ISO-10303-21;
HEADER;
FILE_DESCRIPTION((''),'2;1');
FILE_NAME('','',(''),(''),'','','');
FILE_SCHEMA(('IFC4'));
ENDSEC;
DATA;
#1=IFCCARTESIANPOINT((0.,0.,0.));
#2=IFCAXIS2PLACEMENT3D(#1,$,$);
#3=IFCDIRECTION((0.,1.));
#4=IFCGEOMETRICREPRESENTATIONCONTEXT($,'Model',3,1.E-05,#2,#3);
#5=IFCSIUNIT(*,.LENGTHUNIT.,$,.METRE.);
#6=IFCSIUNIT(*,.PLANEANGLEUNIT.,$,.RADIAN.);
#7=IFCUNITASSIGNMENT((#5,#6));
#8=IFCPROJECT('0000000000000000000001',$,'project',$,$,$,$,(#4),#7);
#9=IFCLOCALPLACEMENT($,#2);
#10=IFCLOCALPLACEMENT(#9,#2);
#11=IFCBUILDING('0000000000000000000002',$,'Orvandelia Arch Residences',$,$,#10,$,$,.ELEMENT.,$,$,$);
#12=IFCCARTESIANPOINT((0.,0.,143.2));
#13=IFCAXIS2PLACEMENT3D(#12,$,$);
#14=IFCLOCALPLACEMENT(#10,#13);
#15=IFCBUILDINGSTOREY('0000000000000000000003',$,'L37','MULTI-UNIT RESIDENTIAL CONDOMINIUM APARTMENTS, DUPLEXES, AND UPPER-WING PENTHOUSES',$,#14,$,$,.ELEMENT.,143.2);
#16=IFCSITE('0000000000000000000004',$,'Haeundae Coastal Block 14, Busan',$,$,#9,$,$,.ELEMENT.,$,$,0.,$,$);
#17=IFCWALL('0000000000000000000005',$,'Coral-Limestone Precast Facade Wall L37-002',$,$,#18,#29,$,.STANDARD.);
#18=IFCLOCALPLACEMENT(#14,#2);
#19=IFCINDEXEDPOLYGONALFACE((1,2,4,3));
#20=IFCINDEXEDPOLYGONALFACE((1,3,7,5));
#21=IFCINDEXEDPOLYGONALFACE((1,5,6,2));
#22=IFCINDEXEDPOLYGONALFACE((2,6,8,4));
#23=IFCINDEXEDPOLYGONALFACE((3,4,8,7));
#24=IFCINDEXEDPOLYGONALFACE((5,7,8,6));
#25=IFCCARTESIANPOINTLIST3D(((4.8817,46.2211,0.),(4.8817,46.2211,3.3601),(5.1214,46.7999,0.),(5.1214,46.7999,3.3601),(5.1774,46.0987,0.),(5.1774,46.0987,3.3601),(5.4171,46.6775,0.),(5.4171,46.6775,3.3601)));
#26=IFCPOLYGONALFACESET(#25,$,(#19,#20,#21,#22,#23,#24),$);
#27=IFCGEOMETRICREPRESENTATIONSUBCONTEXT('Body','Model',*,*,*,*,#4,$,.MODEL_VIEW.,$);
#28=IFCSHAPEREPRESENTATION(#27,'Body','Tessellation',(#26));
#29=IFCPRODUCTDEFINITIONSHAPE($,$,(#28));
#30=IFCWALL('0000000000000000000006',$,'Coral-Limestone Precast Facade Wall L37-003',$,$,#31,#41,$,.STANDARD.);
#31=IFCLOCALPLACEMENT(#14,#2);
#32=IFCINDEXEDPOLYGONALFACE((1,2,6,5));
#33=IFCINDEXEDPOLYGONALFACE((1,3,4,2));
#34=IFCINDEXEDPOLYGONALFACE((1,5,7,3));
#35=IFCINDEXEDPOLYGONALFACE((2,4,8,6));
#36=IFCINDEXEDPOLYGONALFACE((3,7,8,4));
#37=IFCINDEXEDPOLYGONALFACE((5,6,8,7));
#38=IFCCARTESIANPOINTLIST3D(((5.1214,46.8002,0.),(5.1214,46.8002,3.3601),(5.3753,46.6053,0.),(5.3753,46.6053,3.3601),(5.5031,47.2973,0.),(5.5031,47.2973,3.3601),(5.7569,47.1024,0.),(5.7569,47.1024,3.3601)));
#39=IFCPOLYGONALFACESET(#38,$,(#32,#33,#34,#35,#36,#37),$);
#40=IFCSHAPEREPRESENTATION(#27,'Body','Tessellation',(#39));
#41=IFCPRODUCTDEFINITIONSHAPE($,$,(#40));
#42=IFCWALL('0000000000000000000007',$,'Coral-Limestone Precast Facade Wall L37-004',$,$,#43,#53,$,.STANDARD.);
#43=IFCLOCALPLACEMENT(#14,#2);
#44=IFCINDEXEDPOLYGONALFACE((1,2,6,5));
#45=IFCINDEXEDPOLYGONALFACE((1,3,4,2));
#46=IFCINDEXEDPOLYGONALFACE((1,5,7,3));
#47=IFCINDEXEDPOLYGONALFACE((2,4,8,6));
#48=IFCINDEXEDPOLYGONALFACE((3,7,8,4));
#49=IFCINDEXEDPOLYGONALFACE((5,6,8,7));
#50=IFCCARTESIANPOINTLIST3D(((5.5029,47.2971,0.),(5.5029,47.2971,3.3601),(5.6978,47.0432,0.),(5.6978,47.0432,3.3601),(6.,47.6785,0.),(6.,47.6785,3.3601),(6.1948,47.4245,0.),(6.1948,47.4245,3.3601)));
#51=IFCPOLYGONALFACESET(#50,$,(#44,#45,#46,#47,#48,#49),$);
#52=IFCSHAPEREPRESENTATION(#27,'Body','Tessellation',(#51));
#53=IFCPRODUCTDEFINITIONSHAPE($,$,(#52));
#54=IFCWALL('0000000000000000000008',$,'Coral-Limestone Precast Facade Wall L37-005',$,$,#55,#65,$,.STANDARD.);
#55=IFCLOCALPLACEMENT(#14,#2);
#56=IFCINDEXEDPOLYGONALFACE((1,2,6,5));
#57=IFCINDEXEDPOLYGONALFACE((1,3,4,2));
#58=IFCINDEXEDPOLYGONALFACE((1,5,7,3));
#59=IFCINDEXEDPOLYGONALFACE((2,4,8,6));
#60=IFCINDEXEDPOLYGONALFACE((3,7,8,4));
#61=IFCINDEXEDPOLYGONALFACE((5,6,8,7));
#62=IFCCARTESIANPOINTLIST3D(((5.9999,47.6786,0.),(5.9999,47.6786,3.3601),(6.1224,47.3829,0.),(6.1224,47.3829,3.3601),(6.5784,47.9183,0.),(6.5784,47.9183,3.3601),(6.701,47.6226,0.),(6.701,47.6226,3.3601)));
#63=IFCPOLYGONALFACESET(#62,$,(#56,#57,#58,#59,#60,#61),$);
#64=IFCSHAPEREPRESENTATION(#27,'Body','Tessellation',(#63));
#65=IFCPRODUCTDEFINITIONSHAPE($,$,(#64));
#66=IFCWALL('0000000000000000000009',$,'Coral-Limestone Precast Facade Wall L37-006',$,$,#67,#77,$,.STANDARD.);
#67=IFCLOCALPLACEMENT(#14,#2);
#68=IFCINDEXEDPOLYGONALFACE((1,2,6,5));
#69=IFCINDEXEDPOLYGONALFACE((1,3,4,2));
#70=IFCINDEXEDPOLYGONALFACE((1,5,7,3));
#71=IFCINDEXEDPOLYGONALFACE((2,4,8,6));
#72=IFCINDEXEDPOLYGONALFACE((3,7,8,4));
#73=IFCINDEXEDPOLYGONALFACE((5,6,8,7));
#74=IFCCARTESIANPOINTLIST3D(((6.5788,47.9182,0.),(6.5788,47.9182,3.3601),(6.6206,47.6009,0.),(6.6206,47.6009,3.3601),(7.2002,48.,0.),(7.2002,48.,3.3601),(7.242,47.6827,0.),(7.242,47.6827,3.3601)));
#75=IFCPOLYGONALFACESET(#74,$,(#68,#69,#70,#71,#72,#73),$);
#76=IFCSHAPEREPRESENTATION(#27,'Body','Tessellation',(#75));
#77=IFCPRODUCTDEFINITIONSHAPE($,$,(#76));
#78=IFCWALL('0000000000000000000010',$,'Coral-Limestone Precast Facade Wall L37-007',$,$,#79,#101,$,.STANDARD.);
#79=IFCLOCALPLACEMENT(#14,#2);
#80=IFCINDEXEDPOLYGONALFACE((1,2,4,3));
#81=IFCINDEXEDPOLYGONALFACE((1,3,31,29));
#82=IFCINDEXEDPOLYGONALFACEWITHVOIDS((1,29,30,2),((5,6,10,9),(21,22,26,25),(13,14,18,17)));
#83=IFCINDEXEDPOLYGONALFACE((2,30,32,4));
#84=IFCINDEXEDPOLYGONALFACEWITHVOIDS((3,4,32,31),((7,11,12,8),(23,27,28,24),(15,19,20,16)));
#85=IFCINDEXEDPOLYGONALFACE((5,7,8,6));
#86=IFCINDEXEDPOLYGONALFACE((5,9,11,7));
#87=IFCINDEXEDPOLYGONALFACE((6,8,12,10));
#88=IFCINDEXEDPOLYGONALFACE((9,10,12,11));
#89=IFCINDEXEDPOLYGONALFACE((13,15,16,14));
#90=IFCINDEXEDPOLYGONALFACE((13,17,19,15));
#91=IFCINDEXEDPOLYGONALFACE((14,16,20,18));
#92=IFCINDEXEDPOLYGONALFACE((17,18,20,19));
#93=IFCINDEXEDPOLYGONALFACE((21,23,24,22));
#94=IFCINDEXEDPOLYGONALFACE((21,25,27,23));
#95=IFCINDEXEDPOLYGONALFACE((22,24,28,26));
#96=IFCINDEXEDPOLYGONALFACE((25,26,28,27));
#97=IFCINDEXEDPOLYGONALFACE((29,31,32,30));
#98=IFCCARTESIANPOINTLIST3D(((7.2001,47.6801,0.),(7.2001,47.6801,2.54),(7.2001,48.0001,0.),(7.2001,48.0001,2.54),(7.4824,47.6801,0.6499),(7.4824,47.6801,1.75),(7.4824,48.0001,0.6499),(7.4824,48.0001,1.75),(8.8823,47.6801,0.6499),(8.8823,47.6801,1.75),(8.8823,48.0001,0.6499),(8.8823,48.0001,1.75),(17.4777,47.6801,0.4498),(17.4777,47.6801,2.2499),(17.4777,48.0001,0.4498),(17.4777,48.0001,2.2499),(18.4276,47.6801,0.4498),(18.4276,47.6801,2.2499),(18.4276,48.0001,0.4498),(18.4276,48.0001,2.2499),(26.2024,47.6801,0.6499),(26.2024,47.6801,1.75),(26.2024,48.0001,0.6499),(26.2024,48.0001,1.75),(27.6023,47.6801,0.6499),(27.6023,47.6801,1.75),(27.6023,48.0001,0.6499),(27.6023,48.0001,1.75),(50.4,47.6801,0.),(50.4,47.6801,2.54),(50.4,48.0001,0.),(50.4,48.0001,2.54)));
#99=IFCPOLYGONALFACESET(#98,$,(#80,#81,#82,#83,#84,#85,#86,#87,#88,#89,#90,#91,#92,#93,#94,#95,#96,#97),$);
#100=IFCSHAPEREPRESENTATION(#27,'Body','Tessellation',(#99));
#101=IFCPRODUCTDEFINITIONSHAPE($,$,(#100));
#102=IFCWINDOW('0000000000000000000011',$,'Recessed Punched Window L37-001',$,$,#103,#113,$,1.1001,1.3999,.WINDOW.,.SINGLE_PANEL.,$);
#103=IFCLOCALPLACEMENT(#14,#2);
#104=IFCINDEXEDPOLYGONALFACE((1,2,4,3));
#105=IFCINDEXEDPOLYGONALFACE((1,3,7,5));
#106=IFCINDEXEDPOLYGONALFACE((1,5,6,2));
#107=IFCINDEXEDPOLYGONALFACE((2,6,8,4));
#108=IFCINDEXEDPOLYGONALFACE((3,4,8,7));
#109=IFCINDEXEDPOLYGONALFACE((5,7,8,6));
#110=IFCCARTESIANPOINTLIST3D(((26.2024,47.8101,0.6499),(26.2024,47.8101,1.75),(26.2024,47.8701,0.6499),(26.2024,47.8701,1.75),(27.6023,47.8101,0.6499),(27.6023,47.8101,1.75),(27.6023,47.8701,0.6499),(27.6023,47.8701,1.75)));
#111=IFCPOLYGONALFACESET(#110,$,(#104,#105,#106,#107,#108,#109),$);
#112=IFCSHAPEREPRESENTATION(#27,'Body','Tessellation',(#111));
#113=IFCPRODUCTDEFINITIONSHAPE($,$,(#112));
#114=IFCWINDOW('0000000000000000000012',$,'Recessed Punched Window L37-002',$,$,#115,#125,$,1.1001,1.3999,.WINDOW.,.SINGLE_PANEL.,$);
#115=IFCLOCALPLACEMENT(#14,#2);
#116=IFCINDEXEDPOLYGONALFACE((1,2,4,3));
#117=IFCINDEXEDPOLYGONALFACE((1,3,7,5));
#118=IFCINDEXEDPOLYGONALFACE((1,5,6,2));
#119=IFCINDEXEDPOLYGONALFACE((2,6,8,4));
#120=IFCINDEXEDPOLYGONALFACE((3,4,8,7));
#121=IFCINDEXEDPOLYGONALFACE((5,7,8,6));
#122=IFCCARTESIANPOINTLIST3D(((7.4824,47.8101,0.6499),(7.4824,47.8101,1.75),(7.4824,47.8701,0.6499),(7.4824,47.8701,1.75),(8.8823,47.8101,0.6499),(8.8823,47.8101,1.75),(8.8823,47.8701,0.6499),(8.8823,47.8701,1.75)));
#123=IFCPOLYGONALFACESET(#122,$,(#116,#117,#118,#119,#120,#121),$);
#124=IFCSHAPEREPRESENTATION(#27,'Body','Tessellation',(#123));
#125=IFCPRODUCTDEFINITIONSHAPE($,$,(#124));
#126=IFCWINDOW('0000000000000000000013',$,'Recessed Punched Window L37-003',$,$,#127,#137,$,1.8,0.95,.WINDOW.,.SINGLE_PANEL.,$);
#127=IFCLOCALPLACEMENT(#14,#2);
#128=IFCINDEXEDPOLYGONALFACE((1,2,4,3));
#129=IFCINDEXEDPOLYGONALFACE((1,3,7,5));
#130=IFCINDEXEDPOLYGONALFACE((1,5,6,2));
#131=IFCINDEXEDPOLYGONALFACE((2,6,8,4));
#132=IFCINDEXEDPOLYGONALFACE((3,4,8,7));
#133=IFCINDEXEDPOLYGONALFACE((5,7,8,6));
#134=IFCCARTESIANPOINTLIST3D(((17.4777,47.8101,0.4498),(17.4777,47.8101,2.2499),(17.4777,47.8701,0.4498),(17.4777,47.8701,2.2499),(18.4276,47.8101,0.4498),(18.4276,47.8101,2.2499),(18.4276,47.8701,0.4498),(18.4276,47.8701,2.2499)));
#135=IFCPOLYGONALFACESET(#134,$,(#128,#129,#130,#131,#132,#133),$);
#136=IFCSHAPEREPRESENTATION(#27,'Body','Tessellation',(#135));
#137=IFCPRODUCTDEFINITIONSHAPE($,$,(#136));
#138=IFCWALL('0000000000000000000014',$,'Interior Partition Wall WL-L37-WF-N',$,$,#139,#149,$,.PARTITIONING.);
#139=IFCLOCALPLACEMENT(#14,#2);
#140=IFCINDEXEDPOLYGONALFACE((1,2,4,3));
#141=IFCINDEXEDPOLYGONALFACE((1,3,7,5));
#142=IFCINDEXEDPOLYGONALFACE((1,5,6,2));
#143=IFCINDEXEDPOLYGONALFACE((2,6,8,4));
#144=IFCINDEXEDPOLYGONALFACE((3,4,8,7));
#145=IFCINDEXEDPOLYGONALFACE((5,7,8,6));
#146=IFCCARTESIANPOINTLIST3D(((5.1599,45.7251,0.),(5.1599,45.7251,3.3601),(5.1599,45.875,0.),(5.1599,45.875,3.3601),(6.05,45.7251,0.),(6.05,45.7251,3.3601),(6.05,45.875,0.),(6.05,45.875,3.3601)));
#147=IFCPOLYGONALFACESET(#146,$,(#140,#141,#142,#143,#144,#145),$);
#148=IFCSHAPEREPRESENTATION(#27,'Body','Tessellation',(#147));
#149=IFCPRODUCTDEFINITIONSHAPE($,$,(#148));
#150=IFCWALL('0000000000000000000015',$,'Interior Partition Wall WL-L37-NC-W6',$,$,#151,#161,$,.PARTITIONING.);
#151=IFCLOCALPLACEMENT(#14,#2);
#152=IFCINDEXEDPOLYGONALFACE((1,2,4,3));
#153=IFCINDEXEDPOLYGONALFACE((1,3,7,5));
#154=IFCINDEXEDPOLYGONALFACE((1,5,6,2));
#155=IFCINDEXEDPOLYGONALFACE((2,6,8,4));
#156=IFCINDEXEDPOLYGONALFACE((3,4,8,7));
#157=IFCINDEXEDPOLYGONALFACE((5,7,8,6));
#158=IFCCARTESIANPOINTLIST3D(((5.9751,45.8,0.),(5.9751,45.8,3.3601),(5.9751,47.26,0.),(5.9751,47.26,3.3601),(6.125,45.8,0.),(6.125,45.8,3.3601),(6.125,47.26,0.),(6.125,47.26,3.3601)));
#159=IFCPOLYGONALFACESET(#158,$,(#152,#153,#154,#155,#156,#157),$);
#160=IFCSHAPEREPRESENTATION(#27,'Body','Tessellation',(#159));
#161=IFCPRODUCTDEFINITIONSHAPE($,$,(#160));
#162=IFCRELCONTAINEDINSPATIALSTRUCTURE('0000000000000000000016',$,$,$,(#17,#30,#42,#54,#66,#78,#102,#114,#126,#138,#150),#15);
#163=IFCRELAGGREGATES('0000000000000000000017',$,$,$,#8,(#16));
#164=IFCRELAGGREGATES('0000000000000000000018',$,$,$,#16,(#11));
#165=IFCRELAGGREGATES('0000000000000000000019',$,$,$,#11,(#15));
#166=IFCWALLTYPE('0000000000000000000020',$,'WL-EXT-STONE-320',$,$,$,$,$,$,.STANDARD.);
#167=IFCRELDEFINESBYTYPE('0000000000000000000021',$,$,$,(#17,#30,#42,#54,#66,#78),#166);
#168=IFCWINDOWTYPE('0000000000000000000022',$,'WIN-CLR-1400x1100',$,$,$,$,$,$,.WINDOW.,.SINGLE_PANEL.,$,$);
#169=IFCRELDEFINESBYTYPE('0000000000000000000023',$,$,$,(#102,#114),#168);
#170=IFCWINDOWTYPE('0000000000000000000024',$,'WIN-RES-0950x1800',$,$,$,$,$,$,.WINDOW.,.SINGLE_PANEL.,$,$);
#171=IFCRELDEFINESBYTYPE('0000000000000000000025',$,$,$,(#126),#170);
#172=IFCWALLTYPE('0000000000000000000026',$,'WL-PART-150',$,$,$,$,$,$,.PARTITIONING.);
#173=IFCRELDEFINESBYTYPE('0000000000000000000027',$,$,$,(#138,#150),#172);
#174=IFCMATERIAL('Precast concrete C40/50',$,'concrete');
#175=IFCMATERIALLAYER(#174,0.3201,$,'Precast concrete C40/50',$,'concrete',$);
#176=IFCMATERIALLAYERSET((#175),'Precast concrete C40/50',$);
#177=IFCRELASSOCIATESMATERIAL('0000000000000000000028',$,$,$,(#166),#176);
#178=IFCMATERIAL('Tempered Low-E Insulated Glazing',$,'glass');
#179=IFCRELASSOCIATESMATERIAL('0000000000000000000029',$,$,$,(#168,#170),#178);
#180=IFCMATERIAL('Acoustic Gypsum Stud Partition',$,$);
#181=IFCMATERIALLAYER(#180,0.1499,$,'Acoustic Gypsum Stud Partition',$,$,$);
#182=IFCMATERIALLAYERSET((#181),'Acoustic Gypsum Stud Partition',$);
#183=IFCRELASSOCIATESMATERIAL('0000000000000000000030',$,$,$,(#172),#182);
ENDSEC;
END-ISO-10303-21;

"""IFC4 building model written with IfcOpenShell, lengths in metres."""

from ifc_helpers import new_model, si_unit, direction, frame, frame_2d, origin, place, context, subcontext, project, spatial, rectangle, extrude, material, layer, layer_set, type_object, element, fill, save


model = new_model("IFC4")

# Units and contexts
model_context = context("Model", 3, precision=1e-05, world=origin(), true_north=direction((0.0, 1.0)))
body_context = subcontext(model_context, "Body", "Model", "MODEL_VIEW")
ifc_project = project(units=[si_unit("LENGTHUNIT", "METRE"), si_unit("PLANEANGLEUNIT", "RADIAN")], contexts=[model_context])

# Site, building, storey
site_placement = place(None, origin())
site = spatial("IfcSite", under=ifc_project, at=site_placement, Name="Haeundae Coastal Block 14, Busan", CompositionType="ELEMENT", RefElevation=0.0)
building_placement = place(site_placement, origin())
building = spatial("IfcBuilding", under=site, at=building_placement, Name="Orvandelia Arch Residences", CompositionType="ELEMENT")
storey_placement = place(building_placement, frame((0.0, 0.0, 143.2)))
storey = spatial("IfcBuildingStorey", under=building, at=storey_placement, Name="L37", Description="MULTI-UNIT RESIDENTIAL CONDOMINIUM APARTMENTS, DUPLEXES, AND UPPER-WING PENTHOUSES", CompositionType="ELEMENT", Elevation=143.2)

# Walls
ifc_material_1 = material(Name="Precast concrete C40/50", Category="concrete")
ifc_layer_1 = layer(ifc_material_1, 0.3201, Name="Precast concrete C40/50", Category="concrete")
ifc_layer_set_1 = layer_set([ifc_layer_1], Name="Precast concrete C40/50")
wall_type_1 = type_object("IfcWallType", Name="WL-EXT-STONE-320", PredefinedType="STANDARD", material=ifc_layer_set_1)
for number, where, z_axis, x_axis, name in (
    (1, (5.0295, 46.1599, 0.0), (0.0, 0.0, 1.0), (0.38265, 0.923893, 0.0), "Coral-Limestone Precast Facade Wall L37-002"),
):
    element("IfcWall", number, at=place(storey_placement, frame(where, z_axis=z_axis, x_axis=x_axis)), inside=storey, type_object=wall_type_1, Name=name, PredefinedType="STANDARD", context=body_context, shape_type="SweptSolid", body=[
        extrude(rectangle(XDim=0.6265, YDim=0.3201, at=frame_2d((0.3132, 0.0))), origin(), (0.0, 0.0, 1.0), 3.3601),
    ])
wall_1_placement = place(storey_placement, frame((5.2483, 46.7026, 0.0), z_axis=(0.0, 0.0, 1.0), x_axis=(0.608939, 0.793217, 0.0)))
element("IfcWall", 2, at=wall_1_placement, inside=storey, type_object=wall_type_1, Name="Coral-Limestone Precast Facade Wall L37-003", PredefinedType="STANDARD", context=body_context, shape_type="SweptSolid", body=[
    extrude(rectangle(XDim=0.6267, YDim=0.3201, at=frame_2d((0.3135, 0.0))), origin(), (0.0, 0.0, 1.0), 3.3601),
])
wall_2_placement = place(storey_placement, frame((5.6003, 47.1702, 0.0), z_axis=(0.0, 0.0, 1.0), x_axis=(0.793406, 0.608693, 0.0)))
element("IfcWall", 3, at=wall_2_placement, inside=storey, type_object=wall_type_1, Name="Coral-Limestone Precast Facade Wall L37-004", PredefinedType="STANDARD", context=body_context, shape_type="SweptSolid", body=[
    extrude(rectangle(XDim=0.6265, YDim=0.3201, at=frame_2d((0.3132, 0.0))), origin(), (0.0, 0.0, 1.0), 3.3601),
])
wall_3_placement = place(storey_placement, frame((6.0613, 47.5308, 0.0), z_axis=(0.0, 0.0, 1.0), x_axis=(0.923836, 0.382788, 0.0)))
element("IfcWall", 4, at=wall_3_placement, inside=storey, type_object=wall_type_1, Name="Coral-Limestone Precast Facade Wall L37-005", PredefinedType="STANDARD", context=body_context, shape_type="SweptSolid", body=[
    extrude(rectangle(XDim=0.6262, YDim=0.3201, at=frame_2d((0.313, 0.0))), origin(), (0.0, 0.0, 1.0), 3.3601),
])
wall_4_placement = place(storey_placement, frame((6.5996, 47.7595, 0.0), z_axis=(0.0, 0.0, 1.0), x_axis=(0.991448, 0.130505, 0.0)))
element("IfcWall", 5, at=wall_4_placement, inside=storey, type_object=wall_type_1, Name="Coral-Limestone Precast Facade Wall L37-006", PredefinedType="STANDARD", context=body_context, shape_type="SweptSolid", body=[
    extrude(rectangle(XDim=0.6267, YDim=0.3201, at=frame_2d((0.3135, 0.0))), origin(), (0.0, 0.0, 1.0), 3.3601),
])

# Wall, openings, windows
wall_5_placement = place(storey_placement, frame((7.2, 47.8401, 0.0), z_axis=(0.0, 0.0, 1.0), x_axis=(1.0, 0.0, 0.0)))
wall_5 = element("IfcWall", 6, at=wall_5_placement, inside=storey, type_object=wall_type_1, Name="Coral-Limestone Precast Facade Wall L37-007", PredefinedType="STANDARD", context=body_context, shape_type="SweptSolid", body=[
    extrude(rectangle(XDim=43.2, YDim=0.3201, at=frame_2d((21.6001, 0.0))), origin(), (0.0, 0.0, 1.0), 2.54),
])
opening_1_placement = place(wall_5_placement, frame((19.0024, 0.0, 0.6499)))
opening_1 = element("IfcOpeningElement", 7, at=opening_1_placement, cuts=wall_5, PredefinedType="OPENING", context=body_context, shape_type="SweptSolid", body=[
    extrude(rectangle(XDim=1.3999, YDim=1.1001, at=frame_2d((0.7, 0.55))), frame((0.0, 0.1699, 0.0), z_axis=(0.0, -1.0, 0.0), x_axis=(1.0, 0.0, 0.0)), (0.0, 0.0, 1.0), 0.3401),
])
opening_2_placement = place(wall_5_placement, frame((0.2825, 0.0, 0.6499)))
opening_2 = element("IfcOpeningElement", 8, at=opening_2_placement, cuts=wall_5, PredefinedType="OPENING", context=body_context, shape_type="SweptSolid", body=[
    extrude(rectangle(XDim=1.3999, YDim=1.1001, at=frame_2d((0.7, 0.55))), frame((0.0, 0.1699, 0.0), z_axis=(0.0, -1.0, 0.0), x_axis=(1.0, 0.0, 0.0)), (0.0, 0.0, 1.0), 0.3401),
])
opening_3_placement = place(wall_5_placement, frame((10.2776, 0.0, 0.45)))
opening_3 = element("IfcOpeningElement", 9, at=opening_3_placement, cuts=wall_5, PredefinedType="OPENING", context=body_context, shape_type="SweptSolid", body=[
    extrude(rectangle(XDim=0.95, YDim=1.8, at=frame_2d((0.4751, 0.8999))), frame((0.0, 0.1699, 0.0), z_axis=(0.0, -1.0, 0.0), x_axis=(1.0, 0.0, 0.0)), (0.0, 0.0, 1.0), 0.3401),
])
ifc_material_2 = material(Name="Tempered Low-E Insulated Glazing", Category="glass")
window_type_1 = type_object("IfcWindowType", Name="WIN-CLR-1400x1100", PartitioningType="SINGLE_PANEL", PredefinedType="WINDOW", material=ifc_material_2)
window_1_placement = place(opening_1_placement, origin())
window_1 = element("IfcWindow", 10, at=window_1_placement, inside=storey, type_object=window_type_1, Name="Recessed Punched Window L37-001", OverallHeight=1.1001, OverallWidth=1.3999, PartitioningType="SINGLE_PANEL", PredefinedType="WINDOW", context=body_context, shape_type="SweptSolid", body=[
    extrude(rectangle(XDim=1.3999, YDim=1.1001, at=frame_2d((0.7, 0.55))), frame((0.0, 0.03, 0.0), z_axis=(0.0, -1.0, 0.0), x_axis=(1.0, 0.0, 0.0)), (0.0, 0.0, 1.0), 0.0601),
])
fill(opening_1, window_1)
window_2_placement = place(opening_2_placement, origin())
window_2 = element("IfcWindow", 11, at=window_2_placement, inside=storey, type_object=window_type_1, Name="Recessed Punched Window L37-002", OverallHeight=1.1001, OverallWidth=1.3999, PartitioningType="SINGLE_PANEL", PredefinedType="WINDOW", context=body_context, shape_type="SweptSolid", body=[
    extrude(rectangle(XDim=1.3999, YDim=1.1001, at=frame_2d((0.7, 0.55))), frame((0.0, 0.03, 0.0), z_axis=(0.0, -1.0, 0.0), x_axis=(1.0, 0.0, 0.0)), (0.0, 0.0, 1.0), 0.0601),
])
fill(opening_2, window_2)
window_type_2 = type_object("IfcWindowType", Name="WIN-RES-0950x1800", PartitioningType="SINGLE_PANEL", PredefinedType="WINDOW", material=ifc_material_2)
window_3_placement = place(opening_3_placement, origin())
window_3 = element("IfcWindow", 12, at=window_3_placement, inside=storey, type_object=window_type_2, Name="Recessed Punched Window L37-003", OverallHeight=1.8, OverallWidth=0.95, PartitioningType="SINGLE_PANEL", PredefinedType="WINDOW", context=body_context, shape_type="SweptSolid", body=[
    extrude(rectangle(XDim=0.95, YDim=1.8, at=frame_2d((0.4751, 0.8999))), frame((0.0, 0.03, 0.0), z_axis=(0.0, -1.0, 0.0), x_axis=(1.0, 0.0, 0.0)), (0.0, 0.0, 1.0), 0.0601),
])
fill(opening_3, window_3)

# Walls
ifc_material_3 = material(Name="Acoustic Gypsum Stud Partition")
ifc_layer_2 = layer(ifc_material_3, 0.1499, Name="Acoustic Gypsum Stud Partition")
ifc_layer_set_2 = layer_set([ifc_layer_2], Name="Acoustic Gypsum Stud Partition")
wall_type_2 = type_object("IfcWallType", Name="WL-PART-150", PredefinedType="PARTITIONING", material=ifc_layer_set_2)
wall_6_placement = place(storey_placement, frame((5.1599, 45.8, 0.0), z_axis=(0.0, 0.0, 1.0), x_axis=(1.0, 0.0, 0.0)))
element("IfcWall", 13, at=wall_6_placement, inside=storey, type_object=wall_type_2, Name="Interior Partition Wall WL-L37-WF-N", PredefinedType="PARTITIONING", context=body_context, shape_type="SweptSolid", body=[
    extrude(rectangle(XDim=0.8901, YDim=0.1499, at=frame_2d((0.4451, 0.0))), origin(), (0.0, 0.0, 1.0), 3.3601),
])
wall_7_placement = place(storey_placement, frame((6.05, 45.8, 0.0), z_axis=(0.0, 0.0, 1.0), x_axis=(0.0, 1.0, 0.0)))
element("IfcWall", 14, at=wall_7_placement, inside=storey, type_object=wall_type_2, Name="Interior Partition Wall WL-L37-NC-W6", PredefinedType="PARTITIONING", context=body_context, shape_type="SweptSolid", body=[
    extrude(rectangle(XDim=1.46, YDim=0.1499, at=frame_2d((0.73, 0.0))), origin(), (0.0, 0.0, 1.0), 3.3601),
])

save(model, "model.ifc")
